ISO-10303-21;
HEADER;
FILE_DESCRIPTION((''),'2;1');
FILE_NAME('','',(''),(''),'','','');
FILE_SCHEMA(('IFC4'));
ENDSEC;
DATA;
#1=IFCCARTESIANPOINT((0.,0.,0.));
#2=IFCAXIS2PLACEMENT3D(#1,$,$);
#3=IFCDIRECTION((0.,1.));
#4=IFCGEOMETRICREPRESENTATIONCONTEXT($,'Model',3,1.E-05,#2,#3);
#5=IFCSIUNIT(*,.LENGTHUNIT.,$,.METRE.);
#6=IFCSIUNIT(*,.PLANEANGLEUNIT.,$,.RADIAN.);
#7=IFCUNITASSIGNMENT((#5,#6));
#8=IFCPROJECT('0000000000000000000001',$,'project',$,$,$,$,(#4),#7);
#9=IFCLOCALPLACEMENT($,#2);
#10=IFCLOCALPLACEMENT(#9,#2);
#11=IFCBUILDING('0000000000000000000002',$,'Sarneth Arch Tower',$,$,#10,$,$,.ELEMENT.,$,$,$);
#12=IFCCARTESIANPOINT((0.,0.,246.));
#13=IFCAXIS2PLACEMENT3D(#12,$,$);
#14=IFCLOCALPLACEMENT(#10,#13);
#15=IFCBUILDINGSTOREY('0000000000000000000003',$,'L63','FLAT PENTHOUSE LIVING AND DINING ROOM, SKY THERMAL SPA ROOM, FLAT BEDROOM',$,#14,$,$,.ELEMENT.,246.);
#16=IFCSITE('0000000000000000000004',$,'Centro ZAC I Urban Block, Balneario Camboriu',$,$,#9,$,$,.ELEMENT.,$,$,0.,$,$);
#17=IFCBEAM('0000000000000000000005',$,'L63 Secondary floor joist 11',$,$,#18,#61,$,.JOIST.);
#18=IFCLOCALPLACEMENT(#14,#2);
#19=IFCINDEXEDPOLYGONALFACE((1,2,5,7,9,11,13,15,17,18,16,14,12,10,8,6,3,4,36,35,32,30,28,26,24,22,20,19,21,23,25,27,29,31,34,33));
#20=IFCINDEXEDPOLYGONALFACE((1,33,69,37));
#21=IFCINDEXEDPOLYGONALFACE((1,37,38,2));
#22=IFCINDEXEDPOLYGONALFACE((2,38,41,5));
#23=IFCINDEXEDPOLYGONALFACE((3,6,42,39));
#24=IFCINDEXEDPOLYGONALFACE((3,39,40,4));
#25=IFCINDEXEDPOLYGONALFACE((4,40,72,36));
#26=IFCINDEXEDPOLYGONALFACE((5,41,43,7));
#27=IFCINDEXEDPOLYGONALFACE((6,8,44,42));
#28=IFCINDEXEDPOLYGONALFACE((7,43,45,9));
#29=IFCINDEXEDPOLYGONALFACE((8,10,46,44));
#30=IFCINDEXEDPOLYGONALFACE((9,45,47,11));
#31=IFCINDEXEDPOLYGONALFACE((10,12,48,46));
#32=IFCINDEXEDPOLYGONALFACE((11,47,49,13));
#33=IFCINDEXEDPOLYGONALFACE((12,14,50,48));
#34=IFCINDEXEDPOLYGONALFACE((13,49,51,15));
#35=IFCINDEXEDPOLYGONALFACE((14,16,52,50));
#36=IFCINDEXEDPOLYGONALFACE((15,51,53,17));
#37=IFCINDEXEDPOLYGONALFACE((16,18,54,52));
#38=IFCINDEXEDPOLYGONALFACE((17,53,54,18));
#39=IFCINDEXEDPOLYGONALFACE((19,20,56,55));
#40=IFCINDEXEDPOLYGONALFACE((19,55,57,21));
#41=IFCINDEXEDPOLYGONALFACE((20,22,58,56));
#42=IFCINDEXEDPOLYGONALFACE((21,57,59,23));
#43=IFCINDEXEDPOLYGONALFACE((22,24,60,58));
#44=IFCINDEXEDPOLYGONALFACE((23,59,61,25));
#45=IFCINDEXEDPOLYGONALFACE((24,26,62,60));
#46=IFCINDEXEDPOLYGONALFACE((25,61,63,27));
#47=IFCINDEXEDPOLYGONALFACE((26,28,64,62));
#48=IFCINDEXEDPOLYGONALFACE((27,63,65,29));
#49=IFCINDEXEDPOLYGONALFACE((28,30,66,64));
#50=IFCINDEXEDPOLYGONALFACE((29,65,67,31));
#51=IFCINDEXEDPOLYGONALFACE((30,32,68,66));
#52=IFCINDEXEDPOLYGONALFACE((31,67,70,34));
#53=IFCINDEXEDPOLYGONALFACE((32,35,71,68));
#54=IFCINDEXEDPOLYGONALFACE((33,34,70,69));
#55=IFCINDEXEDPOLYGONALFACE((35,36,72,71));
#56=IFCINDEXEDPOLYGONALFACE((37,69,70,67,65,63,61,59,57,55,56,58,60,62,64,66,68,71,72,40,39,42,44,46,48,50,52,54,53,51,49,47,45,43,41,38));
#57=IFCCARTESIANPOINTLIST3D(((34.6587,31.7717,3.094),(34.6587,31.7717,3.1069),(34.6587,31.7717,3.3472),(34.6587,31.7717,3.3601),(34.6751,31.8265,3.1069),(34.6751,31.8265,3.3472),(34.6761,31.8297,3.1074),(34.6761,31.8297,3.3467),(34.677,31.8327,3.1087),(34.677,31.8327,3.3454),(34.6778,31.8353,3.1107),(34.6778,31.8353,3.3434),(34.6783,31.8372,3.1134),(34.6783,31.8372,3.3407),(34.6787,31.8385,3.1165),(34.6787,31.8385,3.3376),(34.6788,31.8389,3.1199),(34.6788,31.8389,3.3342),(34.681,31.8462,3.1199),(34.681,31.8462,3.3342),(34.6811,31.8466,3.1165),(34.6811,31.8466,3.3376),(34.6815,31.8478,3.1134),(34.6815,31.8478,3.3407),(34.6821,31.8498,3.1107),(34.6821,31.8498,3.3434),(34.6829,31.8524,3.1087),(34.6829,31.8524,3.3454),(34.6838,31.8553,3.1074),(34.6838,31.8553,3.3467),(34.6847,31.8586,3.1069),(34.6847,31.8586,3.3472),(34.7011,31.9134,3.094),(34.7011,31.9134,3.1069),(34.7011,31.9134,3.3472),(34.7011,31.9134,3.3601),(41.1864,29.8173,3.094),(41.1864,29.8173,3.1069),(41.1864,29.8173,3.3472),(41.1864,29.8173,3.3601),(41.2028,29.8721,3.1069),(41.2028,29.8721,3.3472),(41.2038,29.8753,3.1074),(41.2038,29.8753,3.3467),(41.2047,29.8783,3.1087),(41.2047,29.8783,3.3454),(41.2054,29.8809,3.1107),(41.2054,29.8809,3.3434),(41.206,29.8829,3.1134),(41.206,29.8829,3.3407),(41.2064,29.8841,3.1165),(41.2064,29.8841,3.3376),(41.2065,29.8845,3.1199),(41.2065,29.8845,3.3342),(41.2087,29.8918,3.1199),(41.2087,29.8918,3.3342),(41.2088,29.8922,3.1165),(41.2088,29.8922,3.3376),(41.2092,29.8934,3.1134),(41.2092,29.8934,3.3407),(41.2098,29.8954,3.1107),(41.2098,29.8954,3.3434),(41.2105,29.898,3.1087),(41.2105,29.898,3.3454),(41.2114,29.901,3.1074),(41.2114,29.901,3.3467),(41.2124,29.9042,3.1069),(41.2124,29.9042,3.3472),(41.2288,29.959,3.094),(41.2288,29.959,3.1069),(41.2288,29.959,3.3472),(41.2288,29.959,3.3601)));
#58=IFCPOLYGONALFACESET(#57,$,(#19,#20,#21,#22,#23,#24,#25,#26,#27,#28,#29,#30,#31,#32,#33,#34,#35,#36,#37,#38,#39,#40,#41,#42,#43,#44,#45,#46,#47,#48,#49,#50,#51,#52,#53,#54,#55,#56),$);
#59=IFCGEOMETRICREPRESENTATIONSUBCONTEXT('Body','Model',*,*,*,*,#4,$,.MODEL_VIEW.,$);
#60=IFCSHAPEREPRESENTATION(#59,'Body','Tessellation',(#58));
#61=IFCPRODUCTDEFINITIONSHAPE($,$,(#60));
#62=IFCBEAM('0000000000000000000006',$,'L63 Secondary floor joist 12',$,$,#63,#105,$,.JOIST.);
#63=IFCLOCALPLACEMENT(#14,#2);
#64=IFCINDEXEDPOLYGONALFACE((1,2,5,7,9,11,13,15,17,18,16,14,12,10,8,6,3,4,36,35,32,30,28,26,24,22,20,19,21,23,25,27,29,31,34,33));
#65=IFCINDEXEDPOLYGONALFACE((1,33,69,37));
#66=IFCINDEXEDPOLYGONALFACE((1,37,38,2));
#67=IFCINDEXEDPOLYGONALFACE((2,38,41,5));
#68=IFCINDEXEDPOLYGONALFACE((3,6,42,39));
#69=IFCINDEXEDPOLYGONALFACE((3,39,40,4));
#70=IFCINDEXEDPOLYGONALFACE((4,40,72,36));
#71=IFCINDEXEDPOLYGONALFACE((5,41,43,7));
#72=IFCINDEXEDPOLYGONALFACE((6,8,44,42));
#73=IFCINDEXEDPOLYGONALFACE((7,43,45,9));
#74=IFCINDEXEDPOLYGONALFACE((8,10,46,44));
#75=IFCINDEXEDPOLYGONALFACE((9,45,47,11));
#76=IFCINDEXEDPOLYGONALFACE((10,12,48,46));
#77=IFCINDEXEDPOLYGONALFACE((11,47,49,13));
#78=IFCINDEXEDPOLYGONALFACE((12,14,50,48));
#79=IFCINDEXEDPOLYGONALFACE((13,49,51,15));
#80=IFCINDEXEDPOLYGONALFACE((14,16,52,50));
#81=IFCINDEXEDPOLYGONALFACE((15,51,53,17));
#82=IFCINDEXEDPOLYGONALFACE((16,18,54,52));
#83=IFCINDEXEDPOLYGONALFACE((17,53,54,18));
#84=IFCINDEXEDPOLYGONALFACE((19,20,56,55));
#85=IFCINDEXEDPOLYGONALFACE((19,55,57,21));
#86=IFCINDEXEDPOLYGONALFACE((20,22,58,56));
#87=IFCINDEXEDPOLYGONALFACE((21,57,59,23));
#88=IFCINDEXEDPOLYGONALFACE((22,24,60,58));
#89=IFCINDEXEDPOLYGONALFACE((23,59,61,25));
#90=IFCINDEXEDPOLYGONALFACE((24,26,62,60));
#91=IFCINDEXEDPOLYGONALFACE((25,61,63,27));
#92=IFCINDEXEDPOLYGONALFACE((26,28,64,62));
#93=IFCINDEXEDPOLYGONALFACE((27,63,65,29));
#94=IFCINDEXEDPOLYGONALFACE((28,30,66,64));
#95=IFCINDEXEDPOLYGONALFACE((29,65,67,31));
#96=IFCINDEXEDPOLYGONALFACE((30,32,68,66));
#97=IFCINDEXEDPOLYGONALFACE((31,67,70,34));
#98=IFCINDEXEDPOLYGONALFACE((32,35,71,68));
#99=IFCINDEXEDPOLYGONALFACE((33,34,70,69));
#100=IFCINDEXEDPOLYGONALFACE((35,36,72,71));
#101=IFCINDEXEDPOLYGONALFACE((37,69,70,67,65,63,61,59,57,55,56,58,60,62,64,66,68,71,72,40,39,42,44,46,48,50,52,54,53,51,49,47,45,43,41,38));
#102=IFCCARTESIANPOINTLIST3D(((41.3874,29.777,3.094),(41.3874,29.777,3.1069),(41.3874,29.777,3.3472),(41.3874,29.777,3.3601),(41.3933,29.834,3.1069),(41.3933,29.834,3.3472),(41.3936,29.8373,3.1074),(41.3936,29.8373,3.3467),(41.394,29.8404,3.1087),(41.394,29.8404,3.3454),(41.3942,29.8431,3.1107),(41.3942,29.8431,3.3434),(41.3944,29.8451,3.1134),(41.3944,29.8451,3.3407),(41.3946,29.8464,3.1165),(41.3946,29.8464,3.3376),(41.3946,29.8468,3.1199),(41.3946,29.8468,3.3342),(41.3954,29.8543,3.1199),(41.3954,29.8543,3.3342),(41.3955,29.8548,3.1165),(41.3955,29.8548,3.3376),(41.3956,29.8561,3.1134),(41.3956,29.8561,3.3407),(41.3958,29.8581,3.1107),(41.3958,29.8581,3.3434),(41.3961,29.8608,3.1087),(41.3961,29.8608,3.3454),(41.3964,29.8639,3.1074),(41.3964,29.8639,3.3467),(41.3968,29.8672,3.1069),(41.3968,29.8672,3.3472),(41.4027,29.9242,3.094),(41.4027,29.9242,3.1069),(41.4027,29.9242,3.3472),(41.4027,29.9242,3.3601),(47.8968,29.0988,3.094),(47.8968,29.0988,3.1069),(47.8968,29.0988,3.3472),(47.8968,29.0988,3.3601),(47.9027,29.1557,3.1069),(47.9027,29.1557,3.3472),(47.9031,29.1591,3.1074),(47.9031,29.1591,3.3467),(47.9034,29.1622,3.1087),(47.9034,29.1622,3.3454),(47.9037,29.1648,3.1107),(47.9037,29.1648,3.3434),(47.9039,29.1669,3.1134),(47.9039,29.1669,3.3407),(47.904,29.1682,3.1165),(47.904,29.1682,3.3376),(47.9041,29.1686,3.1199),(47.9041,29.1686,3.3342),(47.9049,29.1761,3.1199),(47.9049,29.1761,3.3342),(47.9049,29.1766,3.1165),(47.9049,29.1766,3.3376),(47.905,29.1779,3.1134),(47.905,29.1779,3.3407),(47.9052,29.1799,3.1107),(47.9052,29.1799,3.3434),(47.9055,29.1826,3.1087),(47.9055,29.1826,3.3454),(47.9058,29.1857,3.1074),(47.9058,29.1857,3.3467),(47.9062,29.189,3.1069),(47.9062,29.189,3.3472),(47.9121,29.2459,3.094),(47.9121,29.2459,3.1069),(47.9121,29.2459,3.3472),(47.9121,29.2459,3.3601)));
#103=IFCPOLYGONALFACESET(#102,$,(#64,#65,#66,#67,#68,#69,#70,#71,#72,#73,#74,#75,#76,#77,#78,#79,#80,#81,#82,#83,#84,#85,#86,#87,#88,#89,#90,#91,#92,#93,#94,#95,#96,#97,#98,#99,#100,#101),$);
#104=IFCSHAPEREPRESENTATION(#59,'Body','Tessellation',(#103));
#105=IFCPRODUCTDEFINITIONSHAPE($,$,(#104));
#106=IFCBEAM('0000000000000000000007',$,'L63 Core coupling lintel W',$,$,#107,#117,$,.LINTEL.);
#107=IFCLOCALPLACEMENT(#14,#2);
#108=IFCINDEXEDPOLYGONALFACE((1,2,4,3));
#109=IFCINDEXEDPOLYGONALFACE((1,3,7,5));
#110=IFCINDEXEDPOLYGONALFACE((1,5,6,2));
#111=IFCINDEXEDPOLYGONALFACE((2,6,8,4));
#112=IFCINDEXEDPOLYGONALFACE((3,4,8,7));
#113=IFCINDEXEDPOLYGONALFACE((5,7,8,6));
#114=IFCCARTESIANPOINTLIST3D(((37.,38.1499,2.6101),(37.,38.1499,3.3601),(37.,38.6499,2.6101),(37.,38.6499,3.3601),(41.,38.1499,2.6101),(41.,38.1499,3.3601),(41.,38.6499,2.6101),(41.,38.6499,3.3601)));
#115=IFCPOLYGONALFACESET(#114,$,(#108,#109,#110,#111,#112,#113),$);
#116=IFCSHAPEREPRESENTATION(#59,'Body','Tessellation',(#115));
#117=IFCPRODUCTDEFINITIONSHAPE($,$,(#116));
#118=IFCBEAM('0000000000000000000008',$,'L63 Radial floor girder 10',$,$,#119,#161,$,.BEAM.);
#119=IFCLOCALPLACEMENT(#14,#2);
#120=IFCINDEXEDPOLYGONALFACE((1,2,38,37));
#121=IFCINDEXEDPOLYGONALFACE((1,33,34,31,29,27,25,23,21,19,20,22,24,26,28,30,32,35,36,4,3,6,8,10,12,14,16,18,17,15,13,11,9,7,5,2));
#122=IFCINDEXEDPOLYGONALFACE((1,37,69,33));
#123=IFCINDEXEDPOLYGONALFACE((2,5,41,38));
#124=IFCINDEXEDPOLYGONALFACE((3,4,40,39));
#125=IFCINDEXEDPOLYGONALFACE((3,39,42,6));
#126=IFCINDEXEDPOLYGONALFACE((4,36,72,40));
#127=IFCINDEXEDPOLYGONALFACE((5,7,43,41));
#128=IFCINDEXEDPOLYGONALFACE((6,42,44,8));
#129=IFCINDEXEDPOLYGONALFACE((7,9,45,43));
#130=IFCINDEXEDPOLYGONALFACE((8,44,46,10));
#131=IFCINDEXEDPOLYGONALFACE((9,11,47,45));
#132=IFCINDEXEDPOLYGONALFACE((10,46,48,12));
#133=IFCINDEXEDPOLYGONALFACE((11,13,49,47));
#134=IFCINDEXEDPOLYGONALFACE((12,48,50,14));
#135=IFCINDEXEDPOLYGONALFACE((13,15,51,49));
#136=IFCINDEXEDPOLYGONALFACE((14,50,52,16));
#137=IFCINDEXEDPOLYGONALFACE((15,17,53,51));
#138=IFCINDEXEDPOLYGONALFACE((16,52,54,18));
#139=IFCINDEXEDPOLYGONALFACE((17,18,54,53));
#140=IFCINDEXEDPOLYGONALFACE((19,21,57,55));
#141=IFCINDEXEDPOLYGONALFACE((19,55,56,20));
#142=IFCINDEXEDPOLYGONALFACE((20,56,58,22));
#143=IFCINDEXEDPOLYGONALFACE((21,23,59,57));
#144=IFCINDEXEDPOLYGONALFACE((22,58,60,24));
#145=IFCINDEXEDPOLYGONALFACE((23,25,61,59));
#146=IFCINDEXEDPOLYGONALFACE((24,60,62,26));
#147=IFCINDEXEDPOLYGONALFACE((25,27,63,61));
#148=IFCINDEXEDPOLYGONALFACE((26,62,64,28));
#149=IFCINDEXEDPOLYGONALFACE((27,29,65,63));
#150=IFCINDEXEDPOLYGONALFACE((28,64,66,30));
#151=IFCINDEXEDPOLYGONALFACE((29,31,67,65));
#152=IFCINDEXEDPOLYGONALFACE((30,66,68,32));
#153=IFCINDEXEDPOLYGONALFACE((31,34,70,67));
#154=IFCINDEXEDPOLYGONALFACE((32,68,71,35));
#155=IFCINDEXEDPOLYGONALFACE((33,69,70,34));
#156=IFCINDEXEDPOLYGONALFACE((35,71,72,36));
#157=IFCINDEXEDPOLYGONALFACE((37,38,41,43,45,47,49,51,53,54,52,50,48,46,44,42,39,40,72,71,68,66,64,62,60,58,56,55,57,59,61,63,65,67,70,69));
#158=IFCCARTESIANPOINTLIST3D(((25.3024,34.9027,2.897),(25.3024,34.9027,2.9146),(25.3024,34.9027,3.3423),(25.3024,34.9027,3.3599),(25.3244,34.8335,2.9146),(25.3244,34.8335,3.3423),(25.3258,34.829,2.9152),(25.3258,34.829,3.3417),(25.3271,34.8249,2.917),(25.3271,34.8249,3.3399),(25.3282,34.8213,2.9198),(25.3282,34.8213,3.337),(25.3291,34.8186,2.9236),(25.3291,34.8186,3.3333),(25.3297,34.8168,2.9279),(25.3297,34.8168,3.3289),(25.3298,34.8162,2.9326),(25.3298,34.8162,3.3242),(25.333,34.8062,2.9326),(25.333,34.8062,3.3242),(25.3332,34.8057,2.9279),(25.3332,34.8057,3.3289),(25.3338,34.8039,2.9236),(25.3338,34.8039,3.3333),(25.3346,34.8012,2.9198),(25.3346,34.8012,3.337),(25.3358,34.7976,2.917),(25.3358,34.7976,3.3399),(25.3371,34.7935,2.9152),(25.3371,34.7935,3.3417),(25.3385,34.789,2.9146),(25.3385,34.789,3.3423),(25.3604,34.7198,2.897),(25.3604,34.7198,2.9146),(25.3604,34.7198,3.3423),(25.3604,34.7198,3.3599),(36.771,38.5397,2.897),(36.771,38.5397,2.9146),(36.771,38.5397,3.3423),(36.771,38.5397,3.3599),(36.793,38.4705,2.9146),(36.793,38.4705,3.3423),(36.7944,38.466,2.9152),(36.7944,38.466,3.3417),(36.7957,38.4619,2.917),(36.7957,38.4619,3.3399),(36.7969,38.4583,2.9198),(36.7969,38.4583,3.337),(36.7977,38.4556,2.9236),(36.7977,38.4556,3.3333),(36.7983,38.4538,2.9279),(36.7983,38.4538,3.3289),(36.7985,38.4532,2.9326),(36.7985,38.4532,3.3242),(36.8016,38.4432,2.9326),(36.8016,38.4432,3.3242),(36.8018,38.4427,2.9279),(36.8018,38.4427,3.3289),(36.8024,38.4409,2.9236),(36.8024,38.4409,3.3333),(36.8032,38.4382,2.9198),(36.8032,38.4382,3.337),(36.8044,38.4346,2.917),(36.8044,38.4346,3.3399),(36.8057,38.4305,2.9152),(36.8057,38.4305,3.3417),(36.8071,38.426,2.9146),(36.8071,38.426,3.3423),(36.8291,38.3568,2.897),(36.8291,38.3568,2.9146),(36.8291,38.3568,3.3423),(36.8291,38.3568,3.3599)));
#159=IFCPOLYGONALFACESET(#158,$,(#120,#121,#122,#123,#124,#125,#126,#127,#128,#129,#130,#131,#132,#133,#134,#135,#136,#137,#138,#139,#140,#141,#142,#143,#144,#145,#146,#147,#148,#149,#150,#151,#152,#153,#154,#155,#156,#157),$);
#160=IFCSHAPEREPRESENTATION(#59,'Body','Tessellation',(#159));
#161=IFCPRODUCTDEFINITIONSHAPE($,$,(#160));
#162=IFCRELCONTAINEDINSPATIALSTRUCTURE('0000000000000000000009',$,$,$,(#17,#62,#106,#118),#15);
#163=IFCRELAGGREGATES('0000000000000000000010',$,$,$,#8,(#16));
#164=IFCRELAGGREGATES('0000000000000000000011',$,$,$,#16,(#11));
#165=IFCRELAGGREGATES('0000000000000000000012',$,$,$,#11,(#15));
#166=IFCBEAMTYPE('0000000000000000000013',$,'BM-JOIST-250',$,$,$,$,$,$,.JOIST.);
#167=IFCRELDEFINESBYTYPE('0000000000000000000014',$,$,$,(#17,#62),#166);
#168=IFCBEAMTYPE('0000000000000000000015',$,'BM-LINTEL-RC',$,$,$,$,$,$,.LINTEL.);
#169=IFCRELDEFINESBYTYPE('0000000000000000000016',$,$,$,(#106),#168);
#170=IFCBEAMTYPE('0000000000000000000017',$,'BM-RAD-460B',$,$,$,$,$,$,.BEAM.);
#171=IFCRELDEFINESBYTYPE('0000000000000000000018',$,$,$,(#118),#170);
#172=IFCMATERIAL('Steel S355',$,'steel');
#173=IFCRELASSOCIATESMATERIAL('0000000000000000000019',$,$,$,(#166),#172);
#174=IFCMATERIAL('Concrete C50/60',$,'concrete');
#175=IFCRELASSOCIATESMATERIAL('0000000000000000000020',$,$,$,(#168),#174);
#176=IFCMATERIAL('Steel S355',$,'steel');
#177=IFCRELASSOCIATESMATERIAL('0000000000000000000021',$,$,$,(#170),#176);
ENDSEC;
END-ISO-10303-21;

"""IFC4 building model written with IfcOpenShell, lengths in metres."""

from ifc_helpers import new_model, si_unit, direction, frame, origin, origin_2d, place, context, subcontext, project, spatial, rectangle, i_section, extrude, material, material_profile, profile_set, type_object, element, save


model = new_model("IFC4")

# Units and contexts
model_context = context("Model", 3, precision=1e-05, world=origin(), true_north=direction((0.0, 1.0)))
body_context = subcontext(model_context, "Body", "Model", "MODEL_VIEW")
ifc_project = project(units=[si_unit("LENGTHUNIT", "METRE"), si_unit("PLANEANGLEUNIT", "RADIAN")], contexts=[model_context])

# Site, building, storey
site_placement = place(None, origin())
site = spatial("IfcSite", under=ifc_project, at=site_placement, Name="Centro ZAC I Urban Block, Balneario Camboriu", CompositionType="ELEMENT", RefElevation=0.0)
building_placement = place(site_placement, origin())
building = spatial("IfcBuilding", under=site, at=building_placement, Name="Sarneth Arch Tower", CompositionType="ELEMENT")
storey_placement = place(building_placement, frame((0.0, 0.0, 246.0)))
storey = spatial("IfcBuildingStorey", under=building, at=storey_placement, Name="L63", Description="FLAT PENTHOUSE LIVING AND DINING ROOM, SKY THERMAL SPA ROOM, FLAT BEDROOM", CompositionType="ELEMENT", Elevation=246.0)

# Beams
ifc_material_1 = material(Name="Steel S355", Category="steel")
ifc_material_profile_1 = material_profile(ifc_material_1, i_section(OverallWidth=0.1479, OverallDepth=0.2661, WebThickness=0.0076, FlangeThickness=0.0129, FilletRadius=0.0129, at=origin_2d()), Name="W250x44.8")
ifc_profile_set_1 = profile_set([ifc_material_profile_1], Name="Steel S355")
beam_type_1 = type_object("IfcBeamType", Name="BM-JOIST-250", PredefinedType="JOIST", material=ifc_profile_set_1)
beam_1_placement = place(storey_placement, frame((34.6799, 31.8425, 3.2271), z_axis=(0.957985, -0.286819, 0.0), x_axis=(0.286819, 0.957985, 0.0)))
element("IfcBeam", 1, at=beam_1_placement, inside=storey, type_object=beam_type_1, Name="L63 Secondary floor joist 11", PredefinedType="JOIST", context=body_context, shape_type="SweptSolid", body=[
    extrude(i_section(OverallWidth=0.1479, OverallDepth=0.2661, WebThickness=0.0076, FlangeThickness=0.0129, FilletRadius=0.0129, at=origin_2d()), origin(), (0.0, 0.0, 1.0), 6.814),
])
beam_2_placement = place(storey_placement, frame((41.395, 29.8506, 3.2271), z_axis=(0.994616, -0.103628, 0.0), x_axis=(0.103628, 0.994616, 0.0)))
element("IfcBeam", 2, at=beam_2_placement, inside=storey, type_object=beam_type_1, Name="L63 Secondary floor joist 12", PredefinedType="JOIST", context=body_context, shape_type="SweptSolid", body=[
    extrude(i_section(OverallWidth=0.1479, OverallDepth=0.2661, WebThickness=0.0076, FlangeThickness=0.0129, FilletRadius=0.0129, at=origin_2d()), origin(), (0.0, 0.0, 1.0), 6.5447),
])
ifc_material_2 = material(Name="Concrete C50/60", Category="concrete")
ifc_material_profile_2 = material_profile(ifc_material_2, rectangle(XDim=0.5, YDim=0.75, at=origin_2d()), Name="RC-500x750")
ifc_profile_set_2 = profile_set([ifc_material_profile_2], Name="Concrete C50/60")
beam_type_2 = type_object("IfcBeamType", Name="BM-LINTEL-RC", PredefinedType="LINTEL", material=ifc_profile_set_2)
beam_3_placement = place(storey_placement, frame((37.0, 38.3999, 2.9851), z_axis=(1.0, 0.0, 0.0), x_axis=(0.0, 1.0, 0.0)))
element("IfcBeam", 3, at=beam_3_placement, inside=storey, type_object=beam_type_2, Name="L63 Core coupling lintel W", PredefinedType="LINTEL", context=body_context, shape_type="SweptSolid", body=[
    extrude(rectangle(XDim=0.5, YDim=0.75, at=origin_2d()), origin(), (0.0, 0.0, 1.0), 4.0),
])
ifc_material_3 = material(Name="Steel S355", Category="steel")
ifc_material_profile_3 = material_profile(ifc_material_3, i_section(OverallWidth=0.1919, OverallDepth=0.4629, WebThickness=0.0105, FlangeThickness=0.0176, FilletRadius=0.0181, at=origin_2d()), Name="W460x89")
ifc_profile_set_3 = profile_set([ifc_material_profile_3], Name="Steel S355")
beam_type_3 = type_object("IfcBeamType", Name="BM-RAD-460B", PredefinedType="BEAM", material=ifc_profile_set_3)
beam_4_placement = place(storey_placement, frame((36.8, 38.4482, 3.1284), z_axis=(-0.953216, -0.30229, 0.0), x_axis=(0.30229, -0.953216, 0.0)))
element("IfcBeam", 4, at=beam_4_placement, inside=storey, type_object=beam_type_3, Name="L63 Radial floor girder 10", PredefinedType="BEAM", context=body_context, shape_type="SweptSolid", body=[
    extrude(i_section(OverallWidth=0.1919, OverallDepth=0.4629, WebThickness=0.0105, FlangeThickness=0.0176, FilletRadius=0.0181, at=origin_2d()), origin(), (0.0, 0.0, 1.0), 12.0315),
])

save(model, "model.ifc")
